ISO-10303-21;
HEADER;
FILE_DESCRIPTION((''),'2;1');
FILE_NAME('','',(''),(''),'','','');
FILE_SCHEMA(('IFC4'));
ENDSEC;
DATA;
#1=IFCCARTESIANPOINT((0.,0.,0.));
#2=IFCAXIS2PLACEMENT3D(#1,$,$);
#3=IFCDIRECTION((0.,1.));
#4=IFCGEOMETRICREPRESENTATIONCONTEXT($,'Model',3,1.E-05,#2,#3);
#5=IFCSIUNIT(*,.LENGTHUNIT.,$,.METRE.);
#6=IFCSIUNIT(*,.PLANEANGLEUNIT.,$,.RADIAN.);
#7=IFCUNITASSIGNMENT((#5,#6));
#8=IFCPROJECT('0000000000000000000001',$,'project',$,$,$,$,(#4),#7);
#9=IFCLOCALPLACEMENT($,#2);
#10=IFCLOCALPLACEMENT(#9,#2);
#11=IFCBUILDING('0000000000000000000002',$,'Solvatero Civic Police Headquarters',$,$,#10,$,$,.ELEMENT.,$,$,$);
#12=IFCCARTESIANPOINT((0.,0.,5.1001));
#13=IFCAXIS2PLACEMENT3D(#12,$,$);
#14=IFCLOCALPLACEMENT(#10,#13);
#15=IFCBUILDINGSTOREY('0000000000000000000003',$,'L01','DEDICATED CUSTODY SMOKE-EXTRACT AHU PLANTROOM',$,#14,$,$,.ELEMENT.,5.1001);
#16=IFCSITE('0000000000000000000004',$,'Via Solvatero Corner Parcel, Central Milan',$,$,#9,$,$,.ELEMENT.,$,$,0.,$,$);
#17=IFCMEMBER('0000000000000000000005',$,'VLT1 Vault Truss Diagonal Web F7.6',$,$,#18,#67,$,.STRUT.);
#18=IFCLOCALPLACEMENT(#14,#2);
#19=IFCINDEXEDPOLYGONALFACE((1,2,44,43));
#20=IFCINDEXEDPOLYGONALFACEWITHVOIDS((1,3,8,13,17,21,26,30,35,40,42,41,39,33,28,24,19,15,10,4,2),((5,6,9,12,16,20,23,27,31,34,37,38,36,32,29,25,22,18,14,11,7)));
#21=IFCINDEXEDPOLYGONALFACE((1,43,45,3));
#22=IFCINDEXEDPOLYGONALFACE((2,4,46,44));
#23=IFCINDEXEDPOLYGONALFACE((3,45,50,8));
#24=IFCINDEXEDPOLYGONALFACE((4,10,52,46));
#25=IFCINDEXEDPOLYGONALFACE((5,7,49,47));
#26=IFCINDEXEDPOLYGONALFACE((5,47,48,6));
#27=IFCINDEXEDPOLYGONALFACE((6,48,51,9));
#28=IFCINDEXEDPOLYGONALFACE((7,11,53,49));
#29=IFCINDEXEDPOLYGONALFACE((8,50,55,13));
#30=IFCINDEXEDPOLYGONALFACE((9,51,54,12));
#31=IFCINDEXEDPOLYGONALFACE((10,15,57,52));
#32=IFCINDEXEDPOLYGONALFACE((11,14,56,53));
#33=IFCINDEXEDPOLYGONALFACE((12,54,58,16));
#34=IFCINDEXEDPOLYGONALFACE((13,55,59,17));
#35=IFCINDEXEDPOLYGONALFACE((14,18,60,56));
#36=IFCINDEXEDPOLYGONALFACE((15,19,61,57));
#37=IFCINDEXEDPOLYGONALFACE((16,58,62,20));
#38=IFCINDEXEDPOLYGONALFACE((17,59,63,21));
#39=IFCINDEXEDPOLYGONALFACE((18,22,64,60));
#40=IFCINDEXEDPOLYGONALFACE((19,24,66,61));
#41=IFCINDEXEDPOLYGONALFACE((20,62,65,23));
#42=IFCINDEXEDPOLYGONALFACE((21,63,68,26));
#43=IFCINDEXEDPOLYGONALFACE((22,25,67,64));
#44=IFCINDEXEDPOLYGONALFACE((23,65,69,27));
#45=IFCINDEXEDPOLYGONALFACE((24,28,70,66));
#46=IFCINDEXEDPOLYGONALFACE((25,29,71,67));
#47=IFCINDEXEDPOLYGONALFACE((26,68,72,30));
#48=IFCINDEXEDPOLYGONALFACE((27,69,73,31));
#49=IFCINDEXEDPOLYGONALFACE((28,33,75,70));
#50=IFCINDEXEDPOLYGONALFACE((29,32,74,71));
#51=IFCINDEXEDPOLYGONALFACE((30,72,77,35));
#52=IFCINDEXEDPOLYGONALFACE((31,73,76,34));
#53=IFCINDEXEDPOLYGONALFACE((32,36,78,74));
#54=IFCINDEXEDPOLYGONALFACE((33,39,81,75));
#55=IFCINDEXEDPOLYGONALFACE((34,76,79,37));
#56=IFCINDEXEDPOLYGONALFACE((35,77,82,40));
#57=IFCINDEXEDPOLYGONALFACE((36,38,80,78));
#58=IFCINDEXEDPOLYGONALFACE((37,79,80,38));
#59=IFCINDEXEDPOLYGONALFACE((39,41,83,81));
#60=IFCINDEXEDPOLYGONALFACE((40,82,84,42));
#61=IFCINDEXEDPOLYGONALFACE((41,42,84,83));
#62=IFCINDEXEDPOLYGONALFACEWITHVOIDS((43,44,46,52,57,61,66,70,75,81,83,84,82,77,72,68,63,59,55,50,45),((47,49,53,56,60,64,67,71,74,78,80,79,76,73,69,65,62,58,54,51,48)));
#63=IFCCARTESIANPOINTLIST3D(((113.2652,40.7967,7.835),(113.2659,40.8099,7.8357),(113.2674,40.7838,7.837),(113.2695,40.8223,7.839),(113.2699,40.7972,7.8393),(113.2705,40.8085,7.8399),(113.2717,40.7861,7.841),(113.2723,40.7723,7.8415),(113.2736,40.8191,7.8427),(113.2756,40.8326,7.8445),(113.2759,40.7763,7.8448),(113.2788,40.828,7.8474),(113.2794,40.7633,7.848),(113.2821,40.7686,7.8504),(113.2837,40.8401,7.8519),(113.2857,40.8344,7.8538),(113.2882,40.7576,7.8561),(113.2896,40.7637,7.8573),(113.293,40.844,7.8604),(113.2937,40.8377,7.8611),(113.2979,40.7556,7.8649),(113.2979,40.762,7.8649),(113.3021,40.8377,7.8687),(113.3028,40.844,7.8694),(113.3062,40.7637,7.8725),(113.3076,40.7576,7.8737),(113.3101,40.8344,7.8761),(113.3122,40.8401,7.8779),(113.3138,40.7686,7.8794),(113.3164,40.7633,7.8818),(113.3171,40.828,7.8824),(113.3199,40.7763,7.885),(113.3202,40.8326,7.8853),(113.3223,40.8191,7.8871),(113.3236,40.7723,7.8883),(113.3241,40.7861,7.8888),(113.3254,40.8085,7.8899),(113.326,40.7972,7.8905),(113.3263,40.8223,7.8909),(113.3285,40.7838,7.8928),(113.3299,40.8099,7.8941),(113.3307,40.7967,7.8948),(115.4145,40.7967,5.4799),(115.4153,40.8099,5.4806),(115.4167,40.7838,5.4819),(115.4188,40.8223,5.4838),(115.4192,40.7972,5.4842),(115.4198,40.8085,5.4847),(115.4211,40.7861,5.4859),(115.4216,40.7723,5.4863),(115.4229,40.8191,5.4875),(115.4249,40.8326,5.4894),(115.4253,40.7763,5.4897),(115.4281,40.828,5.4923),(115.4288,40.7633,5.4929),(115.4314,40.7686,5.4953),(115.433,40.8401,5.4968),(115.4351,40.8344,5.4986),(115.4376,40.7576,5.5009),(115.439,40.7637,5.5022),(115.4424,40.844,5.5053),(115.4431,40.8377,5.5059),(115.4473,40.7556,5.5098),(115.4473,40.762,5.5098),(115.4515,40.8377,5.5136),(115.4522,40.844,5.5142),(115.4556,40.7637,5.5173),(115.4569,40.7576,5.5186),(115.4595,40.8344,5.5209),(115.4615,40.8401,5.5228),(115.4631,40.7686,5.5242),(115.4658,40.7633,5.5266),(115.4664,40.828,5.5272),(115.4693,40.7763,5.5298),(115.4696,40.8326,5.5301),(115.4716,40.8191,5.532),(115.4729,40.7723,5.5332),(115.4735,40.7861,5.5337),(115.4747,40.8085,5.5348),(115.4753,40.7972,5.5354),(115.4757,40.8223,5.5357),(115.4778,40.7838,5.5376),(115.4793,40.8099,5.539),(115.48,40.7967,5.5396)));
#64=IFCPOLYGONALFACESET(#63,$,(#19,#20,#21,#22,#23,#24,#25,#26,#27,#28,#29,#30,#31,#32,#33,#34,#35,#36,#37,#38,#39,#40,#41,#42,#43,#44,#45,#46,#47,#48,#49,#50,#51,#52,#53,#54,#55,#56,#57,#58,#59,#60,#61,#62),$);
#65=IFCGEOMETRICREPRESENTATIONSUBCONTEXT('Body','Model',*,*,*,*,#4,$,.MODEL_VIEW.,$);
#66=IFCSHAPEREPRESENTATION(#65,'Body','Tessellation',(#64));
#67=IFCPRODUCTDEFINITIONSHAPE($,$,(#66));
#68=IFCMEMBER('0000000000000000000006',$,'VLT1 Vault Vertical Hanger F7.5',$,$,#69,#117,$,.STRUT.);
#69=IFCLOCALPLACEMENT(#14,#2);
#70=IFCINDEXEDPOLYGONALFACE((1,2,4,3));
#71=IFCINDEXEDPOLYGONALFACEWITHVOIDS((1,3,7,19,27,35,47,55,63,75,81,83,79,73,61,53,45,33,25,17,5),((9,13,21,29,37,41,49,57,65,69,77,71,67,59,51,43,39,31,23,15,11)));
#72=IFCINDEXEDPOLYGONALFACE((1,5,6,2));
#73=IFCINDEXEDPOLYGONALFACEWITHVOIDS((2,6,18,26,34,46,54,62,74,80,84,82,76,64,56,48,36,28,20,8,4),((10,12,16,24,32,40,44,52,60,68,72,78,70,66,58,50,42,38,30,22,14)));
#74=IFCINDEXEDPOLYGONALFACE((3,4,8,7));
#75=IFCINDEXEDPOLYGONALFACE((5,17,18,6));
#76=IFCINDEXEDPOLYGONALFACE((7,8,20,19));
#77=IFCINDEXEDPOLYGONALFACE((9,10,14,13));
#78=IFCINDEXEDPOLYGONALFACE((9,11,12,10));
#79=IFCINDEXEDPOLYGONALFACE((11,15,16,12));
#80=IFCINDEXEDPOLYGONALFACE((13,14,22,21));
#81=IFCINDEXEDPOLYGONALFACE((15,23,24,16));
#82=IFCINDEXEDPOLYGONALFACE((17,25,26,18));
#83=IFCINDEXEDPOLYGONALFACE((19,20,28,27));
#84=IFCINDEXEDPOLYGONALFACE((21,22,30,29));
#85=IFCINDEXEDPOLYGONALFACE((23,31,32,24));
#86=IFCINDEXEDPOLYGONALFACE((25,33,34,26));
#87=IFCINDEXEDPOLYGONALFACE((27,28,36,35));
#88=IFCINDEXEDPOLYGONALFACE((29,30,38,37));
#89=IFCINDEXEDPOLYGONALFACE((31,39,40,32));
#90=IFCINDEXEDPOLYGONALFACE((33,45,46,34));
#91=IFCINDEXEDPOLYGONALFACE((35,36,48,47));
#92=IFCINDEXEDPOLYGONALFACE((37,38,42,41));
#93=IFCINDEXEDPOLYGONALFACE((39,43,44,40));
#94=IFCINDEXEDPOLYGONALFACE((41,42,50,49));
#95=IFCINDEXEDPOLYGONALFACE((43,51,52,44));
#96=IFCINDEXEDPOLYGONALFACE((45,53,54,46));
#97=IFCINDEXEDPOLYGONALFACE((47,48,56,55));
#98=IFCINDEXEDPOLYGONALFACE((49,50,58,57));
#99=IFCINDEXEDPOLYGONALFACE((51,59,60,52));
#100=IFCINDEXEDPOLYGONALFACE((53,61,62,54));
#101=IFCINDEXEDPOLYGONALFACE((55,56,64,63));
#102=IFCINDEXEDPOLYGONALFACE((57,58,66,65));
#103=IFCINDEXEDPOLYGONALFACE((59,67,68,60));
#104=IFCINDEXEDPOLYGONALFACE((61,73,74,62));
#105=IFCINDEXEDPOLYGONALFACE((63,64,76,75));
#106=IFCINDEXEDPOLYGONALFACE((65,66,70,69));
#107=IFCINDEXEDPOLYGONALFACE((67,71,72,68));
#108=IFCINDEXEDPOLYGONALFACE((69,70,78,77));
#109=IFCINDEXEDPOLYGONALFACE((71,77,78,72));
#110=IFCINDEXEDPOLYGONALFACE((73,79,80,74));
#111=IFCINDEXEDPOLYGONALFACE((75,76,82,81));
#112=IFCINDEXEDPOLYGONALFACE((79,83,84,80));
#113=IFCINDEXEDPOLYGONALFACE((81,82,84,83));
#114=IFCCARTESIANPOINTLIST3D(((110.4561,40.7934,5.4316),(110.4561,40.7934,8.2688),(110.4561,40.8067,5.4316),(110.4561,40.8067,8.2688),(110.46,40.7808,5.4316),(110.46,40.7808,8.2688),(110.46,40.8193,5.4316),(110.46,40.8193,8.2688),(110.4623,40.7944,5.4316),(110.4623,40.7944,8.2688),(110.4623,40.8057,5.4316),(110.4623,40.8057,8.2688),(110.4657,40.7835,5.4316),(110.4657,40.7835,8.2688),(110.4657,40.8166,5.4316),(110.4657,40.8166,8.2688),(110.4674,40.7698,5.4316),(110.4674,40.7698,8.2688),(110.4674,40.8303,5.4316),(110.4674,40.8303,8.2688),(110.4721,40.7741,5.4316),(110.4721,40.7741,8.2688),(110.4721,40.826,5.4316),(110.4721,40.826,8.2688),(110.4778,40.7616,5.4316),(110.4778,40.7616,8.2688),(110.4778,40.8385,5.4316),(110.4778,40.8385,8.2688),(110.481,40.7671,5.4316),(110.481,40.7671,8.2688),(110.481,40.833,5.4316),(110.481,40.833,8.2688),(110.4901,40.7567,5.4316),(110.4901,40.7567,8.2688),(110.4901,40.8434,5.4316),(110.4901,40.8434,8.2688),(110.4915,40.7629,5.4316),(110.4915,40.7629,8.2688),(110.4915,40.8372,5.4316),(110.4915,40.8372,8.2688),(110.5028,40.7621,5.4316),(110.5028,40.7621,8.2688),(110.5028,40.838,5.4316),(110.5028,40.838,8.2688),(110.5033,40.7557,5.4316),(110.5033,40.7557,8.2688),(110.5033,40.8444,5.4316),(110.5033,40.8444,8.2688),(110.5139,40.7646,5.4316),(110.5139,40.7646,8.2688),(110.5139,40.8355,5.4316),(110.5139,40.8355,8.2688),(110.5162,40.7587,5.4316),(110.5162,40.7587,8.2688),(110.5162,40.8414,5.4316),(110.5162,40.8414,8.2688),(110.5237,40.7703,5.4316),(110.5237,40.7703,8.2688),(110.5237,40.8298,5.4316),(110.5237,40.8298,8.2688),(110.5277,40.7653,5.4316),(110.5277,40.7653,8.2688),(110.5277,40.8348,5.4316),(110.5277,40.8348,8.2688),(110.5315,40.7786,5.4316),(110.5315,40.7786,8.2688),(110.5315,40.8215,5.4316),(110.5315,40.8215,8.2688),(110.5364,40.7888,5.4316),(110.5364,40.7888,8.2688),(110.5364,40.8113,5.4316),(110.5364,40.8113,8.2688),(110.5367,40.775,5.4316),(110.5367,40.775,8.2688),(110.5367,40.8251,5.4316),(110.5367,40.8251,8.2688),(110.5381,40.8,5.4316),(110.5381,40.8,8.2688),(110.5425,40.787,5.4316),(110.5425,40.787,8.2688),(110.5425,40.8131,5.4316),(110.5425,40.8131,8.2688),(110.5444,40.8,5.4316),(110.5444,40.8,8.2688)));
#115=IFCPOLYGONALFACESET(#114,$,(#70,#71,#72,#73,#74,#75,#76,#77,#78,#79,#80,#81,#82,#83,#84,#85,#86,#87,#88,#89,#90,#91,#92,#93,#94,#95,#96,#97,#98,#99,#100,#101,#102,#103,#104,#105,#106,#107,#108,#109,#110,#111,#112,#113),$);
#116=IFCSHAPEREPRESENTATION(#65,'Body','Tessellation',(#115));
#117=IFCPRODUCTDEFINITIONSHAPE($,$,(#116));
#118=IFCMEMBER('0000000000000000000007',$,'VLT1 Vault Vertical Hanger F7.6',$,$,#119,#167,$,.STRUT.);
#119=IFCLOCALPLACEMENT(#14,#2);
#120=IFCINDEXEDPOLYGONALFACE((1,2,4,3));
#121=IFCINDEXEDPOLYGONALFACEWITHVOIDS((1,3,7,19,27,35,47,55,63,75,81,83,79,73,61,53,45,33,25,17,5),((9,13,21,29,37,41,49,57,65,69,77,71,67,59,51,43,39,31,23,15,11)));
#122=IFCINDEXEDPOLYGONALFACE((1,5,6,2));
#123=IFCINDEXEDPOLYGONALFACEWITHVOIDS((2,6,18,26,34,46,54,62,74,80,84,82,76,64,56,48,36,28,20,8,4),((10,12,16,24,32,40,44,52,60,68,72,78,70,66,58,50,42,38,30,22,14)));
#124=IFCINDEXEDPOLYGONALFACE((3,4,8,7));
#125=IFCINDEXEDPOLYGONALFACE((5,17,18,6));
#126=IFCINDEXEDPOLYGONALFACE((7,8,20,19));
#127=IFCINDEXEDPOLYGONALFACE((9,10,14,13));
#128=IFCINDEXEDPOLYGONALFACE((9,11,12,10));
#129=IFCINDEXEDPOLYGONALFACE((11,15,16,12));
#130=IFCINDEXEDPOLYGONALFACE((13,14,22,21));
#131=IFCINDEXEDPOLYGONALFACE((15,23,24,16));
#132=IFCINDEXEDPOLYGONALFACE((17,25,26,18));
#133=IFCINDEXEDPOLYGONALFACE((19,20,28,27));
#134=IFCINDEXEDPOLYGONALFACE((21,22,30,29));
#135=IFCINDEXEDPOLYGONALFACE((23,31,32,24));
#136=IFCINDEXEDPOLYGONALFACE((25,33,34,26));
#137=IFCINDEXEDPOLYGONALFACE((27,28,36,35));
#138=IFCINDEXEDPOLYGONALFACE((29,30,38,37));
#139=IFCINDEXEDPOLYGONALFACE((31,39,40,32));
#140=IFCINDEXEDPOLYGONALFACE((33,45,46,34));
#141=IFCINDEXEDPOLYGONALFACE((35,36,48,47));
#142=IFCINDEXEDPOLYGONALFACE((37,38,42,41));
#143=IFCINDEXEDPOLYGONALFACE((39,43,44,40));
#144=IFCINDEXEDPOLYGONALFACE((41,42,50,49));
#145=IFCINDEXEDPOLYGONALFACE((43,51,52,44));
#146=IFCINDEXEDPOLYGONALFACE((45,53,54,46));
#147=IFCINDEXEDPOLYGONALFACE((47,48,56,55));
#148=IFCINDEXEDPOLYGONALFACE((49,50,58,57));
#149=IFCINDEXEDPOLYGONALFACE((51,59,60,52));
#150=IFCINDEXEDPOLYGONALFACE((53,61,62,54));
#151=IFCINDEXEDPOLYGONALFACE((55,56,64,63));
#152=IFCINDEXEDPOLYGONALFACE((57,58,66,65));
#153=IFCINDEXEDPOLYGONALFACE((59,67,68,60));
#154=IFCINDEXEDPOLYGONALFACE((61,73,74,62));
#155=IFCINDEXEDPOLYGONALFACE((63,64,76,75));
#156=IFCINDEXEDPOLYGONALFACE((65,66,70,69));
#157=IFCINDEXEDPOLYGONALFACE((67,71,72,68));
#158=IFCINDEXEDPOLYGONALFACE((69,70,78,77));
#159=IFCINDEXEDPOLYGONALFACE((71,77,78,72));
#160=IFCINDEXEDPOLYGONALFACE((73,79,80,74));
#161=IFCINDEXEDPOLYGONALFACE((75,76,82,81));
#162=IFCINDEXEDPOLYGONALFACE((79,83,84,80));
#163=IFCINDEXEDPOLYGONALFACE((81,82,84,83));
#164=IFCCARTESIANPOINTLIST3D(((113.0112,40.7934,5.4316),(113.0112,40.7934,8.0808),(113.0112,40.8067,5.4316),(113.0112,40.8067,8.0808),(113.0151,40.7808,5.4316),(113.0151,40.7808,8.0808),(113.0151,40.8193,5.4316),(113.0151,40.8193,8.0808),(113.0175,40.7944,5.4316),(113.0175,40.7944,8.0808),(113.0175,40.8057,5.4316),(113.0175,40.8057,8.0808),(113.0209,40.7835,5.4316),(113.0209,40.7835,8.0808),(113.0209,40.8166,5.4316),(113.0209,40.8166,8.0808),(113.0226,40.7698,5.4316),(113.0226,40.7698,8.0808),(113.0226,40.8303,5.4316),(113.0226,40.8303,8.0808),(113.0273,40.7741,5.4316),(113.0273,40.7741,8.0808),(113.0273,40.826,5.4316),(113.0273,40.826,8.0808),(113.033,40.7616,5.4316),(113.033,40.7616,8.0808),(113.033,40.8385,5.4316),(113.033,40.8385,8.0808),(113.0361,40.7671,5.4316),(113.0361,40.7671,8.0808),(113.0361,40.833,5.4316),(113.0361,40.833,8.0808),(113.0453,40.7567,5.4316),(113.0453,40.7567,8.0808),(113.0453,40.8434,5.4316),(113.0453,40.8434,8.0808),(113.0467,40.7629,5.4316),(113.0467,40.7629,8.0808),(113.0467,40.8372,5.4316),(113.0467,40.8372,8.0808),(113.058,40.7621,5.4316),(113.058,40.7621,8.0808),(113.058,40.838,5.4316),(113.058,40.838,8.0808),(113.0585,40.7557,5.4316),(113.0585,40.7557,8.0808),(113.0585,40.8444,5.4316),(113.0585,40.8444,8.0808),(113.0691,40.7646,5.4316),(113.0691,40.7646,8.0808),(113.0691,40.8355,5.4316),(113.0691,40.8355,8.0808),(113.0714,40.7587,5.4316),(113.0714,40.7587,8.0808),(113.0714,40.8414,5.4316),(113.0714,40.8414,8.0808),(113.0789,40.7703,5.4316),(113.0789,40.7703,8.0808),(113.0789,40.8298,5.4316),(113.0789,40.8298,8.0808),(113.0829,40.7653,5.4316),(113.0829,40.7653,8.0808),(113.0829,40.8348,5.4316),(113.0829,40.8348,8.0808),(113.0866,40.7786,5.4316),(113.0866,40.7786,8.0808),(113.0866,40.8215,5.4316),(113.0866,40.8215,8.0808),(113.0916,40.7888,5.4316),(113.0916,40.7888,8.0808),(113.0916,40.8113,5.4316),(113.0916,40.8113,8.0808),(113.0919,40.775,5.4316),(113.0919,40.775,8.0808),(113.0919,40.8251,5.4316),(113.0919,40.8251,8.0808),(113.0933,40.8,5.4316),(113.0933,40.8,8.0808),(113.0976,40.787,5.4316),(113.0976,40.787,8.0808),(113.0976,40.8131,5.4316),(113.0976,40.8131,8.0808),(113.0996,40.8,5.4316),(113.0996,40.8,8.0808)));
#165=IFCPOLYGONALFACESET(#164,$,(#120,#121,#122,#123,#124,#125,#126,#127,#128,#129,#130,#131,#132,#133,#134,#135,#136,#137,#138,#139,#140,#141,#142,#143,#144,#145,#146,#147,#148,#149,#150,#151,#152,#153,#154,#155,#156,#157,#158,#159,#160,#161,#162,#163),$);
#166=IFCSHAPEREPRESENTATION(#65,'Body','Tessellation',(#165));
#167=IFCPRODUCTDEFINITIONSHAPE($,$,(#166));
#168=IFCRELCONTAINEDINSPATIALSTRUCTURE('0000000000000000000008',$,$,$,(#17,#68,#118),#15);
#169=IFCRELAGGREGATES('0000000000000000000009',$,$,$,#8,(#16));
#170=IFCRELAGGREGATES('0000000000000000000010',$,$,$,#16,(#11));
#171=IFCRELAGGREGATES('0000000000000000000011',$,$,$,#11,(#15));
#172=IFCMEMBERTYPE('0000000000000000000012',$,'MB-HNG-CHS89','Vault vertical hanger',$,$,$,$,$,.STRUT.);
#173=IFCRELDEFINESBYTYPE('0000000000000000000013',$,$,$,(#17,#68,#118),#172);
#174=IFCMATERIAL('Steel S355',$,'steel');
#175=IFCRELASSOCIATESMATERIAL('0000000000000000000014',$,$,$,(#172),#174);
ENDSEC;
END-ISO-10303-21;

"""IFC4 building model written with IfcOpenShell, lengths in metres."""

from ifc_helpers import new_model, si_unit, direction, frame, origin, origin_2d, place, context, subcontext, project, spatial, hollow_circle, extrude, material, material_profile, profile_set, type_object, element, save


model = new_model("IFC4")

# Units and contexts
model_context = context("Model", 3, precision=1e-05, world=origin(), true_north=direction((0.0, 1.0)))
body_context = subcontext(model_context, "Body", "Model", "MODEL_VIEW")
ifc_project = project(units=[si_unit("LENGTHUNIT", "METRE"), si_unit("PLANEANGLEUNIT", "RADIAN")], contexts=[model_context])

# Site, building, storey
site_placement = place(None, origin())
site = spatial("IfcSite", under=ifc_project, at=site_placement, Name="Via Solvatero Corner Parcel, Central Milan", CompositionType="ELEMENT", RefElevation=0.0)
building_placement = place(site_placement, origin())
building = spatial("IfcBuilding", under=site, at=building_placement, Name="Solvatero Civic Police Headquarters", CompositionType="ELEMENT")
storey_placement = place(building_placement, frame((0.0, 0.0, 5.1001)))
storey = spatial("IfcBuildingStorey", under=building, at=storey_placement, Name="L01", Description="DEDICATED CUSTODY SMOKE-EXTRACT AHU PLANTROOM", CompositionType="ELEMENT", Elevation=5.1001)

# Shared definitions
ifc_material = material(Name="Steel S355", Category="steel")

# Members
ifc_material_profile_1 = material_profile(ifc_material, hollow_circle(Radius=0.0444, WallThickness=0.0063, at=origin_2d()), Name="CHS 88.9x6.3")
ifc_profile_set_1 = profile_set([ifc_material_profile_1], Name="Steel S355")
member_type_1 = type_object("IfcMemberType", Name="MB-HNG-CHS89", Description="Vault vertical hanger", PredefinedType="STRUT", material=ifc_profile_set_1)
member_1_placement = place(storey_placement, frame((115.4473, 40.8, 5.5098), z_axis=(-0.674097, 0.0, 0.738643), x_axis=(0.0, -1.0, 0.0)))
element("IfcMember", 1, at=member_1_placement, inside=storey, type_object=member_type_1, Name="VLT1 Vault Truss Diagonal Web F7.6", PredefinedType="STRUT", context=body_context, shape_type="SweptSolid", body=[
    extrude(hollow_circle(Radius=0.0444, WallThickness=0.0063, at=origin_2d()), origin(), (0.0, 0.0, 1.0), 3.1885),
])
member_2_placement = place(storey_placement, frame((110.5, 40.8, 5.4316), z_axis=(0.0, 0.0, 1.0), x_axis=(1.0, 0.0, 0.0)))
element("IfcMember", 2, at=member_2_placement, inside=storey, type_object=member_type_1, Name="VLT1 Vault Vertical Hanger F7.5", PredefinedType="STRUT", context=body_context, shape_type="SweptSolid", body=[
    extrude(hollow_circle(Radius=0.0444, WallThickness=0.0063, at=origin_2d()), origin(), (0.0, 0.0, 1.0), 2.8372),
])
member_3_placement = place(storey_placement, frame((113.0552, 40.8, 5.4316), z_axis=(0.0, 0.0, 1.0), x_axis=(1.0, 0.0, 0.0)))
element("IfcMember", 3, at=member_3_placement, inside=storey, type_object=member_type_1, Name="VLT1 Vault Vertical Hanger F7.6", PredefinedType="STRUT", context=body_context, shape_type="SweptSolid", body=[
    extrude(hollow_circle(Radius=0.0444, WallThickness=0.0063, at=origin_2d()), origin(), (0.0, 0.0, 1.0), 2.6492),
])

save(model, "model.ifc")
